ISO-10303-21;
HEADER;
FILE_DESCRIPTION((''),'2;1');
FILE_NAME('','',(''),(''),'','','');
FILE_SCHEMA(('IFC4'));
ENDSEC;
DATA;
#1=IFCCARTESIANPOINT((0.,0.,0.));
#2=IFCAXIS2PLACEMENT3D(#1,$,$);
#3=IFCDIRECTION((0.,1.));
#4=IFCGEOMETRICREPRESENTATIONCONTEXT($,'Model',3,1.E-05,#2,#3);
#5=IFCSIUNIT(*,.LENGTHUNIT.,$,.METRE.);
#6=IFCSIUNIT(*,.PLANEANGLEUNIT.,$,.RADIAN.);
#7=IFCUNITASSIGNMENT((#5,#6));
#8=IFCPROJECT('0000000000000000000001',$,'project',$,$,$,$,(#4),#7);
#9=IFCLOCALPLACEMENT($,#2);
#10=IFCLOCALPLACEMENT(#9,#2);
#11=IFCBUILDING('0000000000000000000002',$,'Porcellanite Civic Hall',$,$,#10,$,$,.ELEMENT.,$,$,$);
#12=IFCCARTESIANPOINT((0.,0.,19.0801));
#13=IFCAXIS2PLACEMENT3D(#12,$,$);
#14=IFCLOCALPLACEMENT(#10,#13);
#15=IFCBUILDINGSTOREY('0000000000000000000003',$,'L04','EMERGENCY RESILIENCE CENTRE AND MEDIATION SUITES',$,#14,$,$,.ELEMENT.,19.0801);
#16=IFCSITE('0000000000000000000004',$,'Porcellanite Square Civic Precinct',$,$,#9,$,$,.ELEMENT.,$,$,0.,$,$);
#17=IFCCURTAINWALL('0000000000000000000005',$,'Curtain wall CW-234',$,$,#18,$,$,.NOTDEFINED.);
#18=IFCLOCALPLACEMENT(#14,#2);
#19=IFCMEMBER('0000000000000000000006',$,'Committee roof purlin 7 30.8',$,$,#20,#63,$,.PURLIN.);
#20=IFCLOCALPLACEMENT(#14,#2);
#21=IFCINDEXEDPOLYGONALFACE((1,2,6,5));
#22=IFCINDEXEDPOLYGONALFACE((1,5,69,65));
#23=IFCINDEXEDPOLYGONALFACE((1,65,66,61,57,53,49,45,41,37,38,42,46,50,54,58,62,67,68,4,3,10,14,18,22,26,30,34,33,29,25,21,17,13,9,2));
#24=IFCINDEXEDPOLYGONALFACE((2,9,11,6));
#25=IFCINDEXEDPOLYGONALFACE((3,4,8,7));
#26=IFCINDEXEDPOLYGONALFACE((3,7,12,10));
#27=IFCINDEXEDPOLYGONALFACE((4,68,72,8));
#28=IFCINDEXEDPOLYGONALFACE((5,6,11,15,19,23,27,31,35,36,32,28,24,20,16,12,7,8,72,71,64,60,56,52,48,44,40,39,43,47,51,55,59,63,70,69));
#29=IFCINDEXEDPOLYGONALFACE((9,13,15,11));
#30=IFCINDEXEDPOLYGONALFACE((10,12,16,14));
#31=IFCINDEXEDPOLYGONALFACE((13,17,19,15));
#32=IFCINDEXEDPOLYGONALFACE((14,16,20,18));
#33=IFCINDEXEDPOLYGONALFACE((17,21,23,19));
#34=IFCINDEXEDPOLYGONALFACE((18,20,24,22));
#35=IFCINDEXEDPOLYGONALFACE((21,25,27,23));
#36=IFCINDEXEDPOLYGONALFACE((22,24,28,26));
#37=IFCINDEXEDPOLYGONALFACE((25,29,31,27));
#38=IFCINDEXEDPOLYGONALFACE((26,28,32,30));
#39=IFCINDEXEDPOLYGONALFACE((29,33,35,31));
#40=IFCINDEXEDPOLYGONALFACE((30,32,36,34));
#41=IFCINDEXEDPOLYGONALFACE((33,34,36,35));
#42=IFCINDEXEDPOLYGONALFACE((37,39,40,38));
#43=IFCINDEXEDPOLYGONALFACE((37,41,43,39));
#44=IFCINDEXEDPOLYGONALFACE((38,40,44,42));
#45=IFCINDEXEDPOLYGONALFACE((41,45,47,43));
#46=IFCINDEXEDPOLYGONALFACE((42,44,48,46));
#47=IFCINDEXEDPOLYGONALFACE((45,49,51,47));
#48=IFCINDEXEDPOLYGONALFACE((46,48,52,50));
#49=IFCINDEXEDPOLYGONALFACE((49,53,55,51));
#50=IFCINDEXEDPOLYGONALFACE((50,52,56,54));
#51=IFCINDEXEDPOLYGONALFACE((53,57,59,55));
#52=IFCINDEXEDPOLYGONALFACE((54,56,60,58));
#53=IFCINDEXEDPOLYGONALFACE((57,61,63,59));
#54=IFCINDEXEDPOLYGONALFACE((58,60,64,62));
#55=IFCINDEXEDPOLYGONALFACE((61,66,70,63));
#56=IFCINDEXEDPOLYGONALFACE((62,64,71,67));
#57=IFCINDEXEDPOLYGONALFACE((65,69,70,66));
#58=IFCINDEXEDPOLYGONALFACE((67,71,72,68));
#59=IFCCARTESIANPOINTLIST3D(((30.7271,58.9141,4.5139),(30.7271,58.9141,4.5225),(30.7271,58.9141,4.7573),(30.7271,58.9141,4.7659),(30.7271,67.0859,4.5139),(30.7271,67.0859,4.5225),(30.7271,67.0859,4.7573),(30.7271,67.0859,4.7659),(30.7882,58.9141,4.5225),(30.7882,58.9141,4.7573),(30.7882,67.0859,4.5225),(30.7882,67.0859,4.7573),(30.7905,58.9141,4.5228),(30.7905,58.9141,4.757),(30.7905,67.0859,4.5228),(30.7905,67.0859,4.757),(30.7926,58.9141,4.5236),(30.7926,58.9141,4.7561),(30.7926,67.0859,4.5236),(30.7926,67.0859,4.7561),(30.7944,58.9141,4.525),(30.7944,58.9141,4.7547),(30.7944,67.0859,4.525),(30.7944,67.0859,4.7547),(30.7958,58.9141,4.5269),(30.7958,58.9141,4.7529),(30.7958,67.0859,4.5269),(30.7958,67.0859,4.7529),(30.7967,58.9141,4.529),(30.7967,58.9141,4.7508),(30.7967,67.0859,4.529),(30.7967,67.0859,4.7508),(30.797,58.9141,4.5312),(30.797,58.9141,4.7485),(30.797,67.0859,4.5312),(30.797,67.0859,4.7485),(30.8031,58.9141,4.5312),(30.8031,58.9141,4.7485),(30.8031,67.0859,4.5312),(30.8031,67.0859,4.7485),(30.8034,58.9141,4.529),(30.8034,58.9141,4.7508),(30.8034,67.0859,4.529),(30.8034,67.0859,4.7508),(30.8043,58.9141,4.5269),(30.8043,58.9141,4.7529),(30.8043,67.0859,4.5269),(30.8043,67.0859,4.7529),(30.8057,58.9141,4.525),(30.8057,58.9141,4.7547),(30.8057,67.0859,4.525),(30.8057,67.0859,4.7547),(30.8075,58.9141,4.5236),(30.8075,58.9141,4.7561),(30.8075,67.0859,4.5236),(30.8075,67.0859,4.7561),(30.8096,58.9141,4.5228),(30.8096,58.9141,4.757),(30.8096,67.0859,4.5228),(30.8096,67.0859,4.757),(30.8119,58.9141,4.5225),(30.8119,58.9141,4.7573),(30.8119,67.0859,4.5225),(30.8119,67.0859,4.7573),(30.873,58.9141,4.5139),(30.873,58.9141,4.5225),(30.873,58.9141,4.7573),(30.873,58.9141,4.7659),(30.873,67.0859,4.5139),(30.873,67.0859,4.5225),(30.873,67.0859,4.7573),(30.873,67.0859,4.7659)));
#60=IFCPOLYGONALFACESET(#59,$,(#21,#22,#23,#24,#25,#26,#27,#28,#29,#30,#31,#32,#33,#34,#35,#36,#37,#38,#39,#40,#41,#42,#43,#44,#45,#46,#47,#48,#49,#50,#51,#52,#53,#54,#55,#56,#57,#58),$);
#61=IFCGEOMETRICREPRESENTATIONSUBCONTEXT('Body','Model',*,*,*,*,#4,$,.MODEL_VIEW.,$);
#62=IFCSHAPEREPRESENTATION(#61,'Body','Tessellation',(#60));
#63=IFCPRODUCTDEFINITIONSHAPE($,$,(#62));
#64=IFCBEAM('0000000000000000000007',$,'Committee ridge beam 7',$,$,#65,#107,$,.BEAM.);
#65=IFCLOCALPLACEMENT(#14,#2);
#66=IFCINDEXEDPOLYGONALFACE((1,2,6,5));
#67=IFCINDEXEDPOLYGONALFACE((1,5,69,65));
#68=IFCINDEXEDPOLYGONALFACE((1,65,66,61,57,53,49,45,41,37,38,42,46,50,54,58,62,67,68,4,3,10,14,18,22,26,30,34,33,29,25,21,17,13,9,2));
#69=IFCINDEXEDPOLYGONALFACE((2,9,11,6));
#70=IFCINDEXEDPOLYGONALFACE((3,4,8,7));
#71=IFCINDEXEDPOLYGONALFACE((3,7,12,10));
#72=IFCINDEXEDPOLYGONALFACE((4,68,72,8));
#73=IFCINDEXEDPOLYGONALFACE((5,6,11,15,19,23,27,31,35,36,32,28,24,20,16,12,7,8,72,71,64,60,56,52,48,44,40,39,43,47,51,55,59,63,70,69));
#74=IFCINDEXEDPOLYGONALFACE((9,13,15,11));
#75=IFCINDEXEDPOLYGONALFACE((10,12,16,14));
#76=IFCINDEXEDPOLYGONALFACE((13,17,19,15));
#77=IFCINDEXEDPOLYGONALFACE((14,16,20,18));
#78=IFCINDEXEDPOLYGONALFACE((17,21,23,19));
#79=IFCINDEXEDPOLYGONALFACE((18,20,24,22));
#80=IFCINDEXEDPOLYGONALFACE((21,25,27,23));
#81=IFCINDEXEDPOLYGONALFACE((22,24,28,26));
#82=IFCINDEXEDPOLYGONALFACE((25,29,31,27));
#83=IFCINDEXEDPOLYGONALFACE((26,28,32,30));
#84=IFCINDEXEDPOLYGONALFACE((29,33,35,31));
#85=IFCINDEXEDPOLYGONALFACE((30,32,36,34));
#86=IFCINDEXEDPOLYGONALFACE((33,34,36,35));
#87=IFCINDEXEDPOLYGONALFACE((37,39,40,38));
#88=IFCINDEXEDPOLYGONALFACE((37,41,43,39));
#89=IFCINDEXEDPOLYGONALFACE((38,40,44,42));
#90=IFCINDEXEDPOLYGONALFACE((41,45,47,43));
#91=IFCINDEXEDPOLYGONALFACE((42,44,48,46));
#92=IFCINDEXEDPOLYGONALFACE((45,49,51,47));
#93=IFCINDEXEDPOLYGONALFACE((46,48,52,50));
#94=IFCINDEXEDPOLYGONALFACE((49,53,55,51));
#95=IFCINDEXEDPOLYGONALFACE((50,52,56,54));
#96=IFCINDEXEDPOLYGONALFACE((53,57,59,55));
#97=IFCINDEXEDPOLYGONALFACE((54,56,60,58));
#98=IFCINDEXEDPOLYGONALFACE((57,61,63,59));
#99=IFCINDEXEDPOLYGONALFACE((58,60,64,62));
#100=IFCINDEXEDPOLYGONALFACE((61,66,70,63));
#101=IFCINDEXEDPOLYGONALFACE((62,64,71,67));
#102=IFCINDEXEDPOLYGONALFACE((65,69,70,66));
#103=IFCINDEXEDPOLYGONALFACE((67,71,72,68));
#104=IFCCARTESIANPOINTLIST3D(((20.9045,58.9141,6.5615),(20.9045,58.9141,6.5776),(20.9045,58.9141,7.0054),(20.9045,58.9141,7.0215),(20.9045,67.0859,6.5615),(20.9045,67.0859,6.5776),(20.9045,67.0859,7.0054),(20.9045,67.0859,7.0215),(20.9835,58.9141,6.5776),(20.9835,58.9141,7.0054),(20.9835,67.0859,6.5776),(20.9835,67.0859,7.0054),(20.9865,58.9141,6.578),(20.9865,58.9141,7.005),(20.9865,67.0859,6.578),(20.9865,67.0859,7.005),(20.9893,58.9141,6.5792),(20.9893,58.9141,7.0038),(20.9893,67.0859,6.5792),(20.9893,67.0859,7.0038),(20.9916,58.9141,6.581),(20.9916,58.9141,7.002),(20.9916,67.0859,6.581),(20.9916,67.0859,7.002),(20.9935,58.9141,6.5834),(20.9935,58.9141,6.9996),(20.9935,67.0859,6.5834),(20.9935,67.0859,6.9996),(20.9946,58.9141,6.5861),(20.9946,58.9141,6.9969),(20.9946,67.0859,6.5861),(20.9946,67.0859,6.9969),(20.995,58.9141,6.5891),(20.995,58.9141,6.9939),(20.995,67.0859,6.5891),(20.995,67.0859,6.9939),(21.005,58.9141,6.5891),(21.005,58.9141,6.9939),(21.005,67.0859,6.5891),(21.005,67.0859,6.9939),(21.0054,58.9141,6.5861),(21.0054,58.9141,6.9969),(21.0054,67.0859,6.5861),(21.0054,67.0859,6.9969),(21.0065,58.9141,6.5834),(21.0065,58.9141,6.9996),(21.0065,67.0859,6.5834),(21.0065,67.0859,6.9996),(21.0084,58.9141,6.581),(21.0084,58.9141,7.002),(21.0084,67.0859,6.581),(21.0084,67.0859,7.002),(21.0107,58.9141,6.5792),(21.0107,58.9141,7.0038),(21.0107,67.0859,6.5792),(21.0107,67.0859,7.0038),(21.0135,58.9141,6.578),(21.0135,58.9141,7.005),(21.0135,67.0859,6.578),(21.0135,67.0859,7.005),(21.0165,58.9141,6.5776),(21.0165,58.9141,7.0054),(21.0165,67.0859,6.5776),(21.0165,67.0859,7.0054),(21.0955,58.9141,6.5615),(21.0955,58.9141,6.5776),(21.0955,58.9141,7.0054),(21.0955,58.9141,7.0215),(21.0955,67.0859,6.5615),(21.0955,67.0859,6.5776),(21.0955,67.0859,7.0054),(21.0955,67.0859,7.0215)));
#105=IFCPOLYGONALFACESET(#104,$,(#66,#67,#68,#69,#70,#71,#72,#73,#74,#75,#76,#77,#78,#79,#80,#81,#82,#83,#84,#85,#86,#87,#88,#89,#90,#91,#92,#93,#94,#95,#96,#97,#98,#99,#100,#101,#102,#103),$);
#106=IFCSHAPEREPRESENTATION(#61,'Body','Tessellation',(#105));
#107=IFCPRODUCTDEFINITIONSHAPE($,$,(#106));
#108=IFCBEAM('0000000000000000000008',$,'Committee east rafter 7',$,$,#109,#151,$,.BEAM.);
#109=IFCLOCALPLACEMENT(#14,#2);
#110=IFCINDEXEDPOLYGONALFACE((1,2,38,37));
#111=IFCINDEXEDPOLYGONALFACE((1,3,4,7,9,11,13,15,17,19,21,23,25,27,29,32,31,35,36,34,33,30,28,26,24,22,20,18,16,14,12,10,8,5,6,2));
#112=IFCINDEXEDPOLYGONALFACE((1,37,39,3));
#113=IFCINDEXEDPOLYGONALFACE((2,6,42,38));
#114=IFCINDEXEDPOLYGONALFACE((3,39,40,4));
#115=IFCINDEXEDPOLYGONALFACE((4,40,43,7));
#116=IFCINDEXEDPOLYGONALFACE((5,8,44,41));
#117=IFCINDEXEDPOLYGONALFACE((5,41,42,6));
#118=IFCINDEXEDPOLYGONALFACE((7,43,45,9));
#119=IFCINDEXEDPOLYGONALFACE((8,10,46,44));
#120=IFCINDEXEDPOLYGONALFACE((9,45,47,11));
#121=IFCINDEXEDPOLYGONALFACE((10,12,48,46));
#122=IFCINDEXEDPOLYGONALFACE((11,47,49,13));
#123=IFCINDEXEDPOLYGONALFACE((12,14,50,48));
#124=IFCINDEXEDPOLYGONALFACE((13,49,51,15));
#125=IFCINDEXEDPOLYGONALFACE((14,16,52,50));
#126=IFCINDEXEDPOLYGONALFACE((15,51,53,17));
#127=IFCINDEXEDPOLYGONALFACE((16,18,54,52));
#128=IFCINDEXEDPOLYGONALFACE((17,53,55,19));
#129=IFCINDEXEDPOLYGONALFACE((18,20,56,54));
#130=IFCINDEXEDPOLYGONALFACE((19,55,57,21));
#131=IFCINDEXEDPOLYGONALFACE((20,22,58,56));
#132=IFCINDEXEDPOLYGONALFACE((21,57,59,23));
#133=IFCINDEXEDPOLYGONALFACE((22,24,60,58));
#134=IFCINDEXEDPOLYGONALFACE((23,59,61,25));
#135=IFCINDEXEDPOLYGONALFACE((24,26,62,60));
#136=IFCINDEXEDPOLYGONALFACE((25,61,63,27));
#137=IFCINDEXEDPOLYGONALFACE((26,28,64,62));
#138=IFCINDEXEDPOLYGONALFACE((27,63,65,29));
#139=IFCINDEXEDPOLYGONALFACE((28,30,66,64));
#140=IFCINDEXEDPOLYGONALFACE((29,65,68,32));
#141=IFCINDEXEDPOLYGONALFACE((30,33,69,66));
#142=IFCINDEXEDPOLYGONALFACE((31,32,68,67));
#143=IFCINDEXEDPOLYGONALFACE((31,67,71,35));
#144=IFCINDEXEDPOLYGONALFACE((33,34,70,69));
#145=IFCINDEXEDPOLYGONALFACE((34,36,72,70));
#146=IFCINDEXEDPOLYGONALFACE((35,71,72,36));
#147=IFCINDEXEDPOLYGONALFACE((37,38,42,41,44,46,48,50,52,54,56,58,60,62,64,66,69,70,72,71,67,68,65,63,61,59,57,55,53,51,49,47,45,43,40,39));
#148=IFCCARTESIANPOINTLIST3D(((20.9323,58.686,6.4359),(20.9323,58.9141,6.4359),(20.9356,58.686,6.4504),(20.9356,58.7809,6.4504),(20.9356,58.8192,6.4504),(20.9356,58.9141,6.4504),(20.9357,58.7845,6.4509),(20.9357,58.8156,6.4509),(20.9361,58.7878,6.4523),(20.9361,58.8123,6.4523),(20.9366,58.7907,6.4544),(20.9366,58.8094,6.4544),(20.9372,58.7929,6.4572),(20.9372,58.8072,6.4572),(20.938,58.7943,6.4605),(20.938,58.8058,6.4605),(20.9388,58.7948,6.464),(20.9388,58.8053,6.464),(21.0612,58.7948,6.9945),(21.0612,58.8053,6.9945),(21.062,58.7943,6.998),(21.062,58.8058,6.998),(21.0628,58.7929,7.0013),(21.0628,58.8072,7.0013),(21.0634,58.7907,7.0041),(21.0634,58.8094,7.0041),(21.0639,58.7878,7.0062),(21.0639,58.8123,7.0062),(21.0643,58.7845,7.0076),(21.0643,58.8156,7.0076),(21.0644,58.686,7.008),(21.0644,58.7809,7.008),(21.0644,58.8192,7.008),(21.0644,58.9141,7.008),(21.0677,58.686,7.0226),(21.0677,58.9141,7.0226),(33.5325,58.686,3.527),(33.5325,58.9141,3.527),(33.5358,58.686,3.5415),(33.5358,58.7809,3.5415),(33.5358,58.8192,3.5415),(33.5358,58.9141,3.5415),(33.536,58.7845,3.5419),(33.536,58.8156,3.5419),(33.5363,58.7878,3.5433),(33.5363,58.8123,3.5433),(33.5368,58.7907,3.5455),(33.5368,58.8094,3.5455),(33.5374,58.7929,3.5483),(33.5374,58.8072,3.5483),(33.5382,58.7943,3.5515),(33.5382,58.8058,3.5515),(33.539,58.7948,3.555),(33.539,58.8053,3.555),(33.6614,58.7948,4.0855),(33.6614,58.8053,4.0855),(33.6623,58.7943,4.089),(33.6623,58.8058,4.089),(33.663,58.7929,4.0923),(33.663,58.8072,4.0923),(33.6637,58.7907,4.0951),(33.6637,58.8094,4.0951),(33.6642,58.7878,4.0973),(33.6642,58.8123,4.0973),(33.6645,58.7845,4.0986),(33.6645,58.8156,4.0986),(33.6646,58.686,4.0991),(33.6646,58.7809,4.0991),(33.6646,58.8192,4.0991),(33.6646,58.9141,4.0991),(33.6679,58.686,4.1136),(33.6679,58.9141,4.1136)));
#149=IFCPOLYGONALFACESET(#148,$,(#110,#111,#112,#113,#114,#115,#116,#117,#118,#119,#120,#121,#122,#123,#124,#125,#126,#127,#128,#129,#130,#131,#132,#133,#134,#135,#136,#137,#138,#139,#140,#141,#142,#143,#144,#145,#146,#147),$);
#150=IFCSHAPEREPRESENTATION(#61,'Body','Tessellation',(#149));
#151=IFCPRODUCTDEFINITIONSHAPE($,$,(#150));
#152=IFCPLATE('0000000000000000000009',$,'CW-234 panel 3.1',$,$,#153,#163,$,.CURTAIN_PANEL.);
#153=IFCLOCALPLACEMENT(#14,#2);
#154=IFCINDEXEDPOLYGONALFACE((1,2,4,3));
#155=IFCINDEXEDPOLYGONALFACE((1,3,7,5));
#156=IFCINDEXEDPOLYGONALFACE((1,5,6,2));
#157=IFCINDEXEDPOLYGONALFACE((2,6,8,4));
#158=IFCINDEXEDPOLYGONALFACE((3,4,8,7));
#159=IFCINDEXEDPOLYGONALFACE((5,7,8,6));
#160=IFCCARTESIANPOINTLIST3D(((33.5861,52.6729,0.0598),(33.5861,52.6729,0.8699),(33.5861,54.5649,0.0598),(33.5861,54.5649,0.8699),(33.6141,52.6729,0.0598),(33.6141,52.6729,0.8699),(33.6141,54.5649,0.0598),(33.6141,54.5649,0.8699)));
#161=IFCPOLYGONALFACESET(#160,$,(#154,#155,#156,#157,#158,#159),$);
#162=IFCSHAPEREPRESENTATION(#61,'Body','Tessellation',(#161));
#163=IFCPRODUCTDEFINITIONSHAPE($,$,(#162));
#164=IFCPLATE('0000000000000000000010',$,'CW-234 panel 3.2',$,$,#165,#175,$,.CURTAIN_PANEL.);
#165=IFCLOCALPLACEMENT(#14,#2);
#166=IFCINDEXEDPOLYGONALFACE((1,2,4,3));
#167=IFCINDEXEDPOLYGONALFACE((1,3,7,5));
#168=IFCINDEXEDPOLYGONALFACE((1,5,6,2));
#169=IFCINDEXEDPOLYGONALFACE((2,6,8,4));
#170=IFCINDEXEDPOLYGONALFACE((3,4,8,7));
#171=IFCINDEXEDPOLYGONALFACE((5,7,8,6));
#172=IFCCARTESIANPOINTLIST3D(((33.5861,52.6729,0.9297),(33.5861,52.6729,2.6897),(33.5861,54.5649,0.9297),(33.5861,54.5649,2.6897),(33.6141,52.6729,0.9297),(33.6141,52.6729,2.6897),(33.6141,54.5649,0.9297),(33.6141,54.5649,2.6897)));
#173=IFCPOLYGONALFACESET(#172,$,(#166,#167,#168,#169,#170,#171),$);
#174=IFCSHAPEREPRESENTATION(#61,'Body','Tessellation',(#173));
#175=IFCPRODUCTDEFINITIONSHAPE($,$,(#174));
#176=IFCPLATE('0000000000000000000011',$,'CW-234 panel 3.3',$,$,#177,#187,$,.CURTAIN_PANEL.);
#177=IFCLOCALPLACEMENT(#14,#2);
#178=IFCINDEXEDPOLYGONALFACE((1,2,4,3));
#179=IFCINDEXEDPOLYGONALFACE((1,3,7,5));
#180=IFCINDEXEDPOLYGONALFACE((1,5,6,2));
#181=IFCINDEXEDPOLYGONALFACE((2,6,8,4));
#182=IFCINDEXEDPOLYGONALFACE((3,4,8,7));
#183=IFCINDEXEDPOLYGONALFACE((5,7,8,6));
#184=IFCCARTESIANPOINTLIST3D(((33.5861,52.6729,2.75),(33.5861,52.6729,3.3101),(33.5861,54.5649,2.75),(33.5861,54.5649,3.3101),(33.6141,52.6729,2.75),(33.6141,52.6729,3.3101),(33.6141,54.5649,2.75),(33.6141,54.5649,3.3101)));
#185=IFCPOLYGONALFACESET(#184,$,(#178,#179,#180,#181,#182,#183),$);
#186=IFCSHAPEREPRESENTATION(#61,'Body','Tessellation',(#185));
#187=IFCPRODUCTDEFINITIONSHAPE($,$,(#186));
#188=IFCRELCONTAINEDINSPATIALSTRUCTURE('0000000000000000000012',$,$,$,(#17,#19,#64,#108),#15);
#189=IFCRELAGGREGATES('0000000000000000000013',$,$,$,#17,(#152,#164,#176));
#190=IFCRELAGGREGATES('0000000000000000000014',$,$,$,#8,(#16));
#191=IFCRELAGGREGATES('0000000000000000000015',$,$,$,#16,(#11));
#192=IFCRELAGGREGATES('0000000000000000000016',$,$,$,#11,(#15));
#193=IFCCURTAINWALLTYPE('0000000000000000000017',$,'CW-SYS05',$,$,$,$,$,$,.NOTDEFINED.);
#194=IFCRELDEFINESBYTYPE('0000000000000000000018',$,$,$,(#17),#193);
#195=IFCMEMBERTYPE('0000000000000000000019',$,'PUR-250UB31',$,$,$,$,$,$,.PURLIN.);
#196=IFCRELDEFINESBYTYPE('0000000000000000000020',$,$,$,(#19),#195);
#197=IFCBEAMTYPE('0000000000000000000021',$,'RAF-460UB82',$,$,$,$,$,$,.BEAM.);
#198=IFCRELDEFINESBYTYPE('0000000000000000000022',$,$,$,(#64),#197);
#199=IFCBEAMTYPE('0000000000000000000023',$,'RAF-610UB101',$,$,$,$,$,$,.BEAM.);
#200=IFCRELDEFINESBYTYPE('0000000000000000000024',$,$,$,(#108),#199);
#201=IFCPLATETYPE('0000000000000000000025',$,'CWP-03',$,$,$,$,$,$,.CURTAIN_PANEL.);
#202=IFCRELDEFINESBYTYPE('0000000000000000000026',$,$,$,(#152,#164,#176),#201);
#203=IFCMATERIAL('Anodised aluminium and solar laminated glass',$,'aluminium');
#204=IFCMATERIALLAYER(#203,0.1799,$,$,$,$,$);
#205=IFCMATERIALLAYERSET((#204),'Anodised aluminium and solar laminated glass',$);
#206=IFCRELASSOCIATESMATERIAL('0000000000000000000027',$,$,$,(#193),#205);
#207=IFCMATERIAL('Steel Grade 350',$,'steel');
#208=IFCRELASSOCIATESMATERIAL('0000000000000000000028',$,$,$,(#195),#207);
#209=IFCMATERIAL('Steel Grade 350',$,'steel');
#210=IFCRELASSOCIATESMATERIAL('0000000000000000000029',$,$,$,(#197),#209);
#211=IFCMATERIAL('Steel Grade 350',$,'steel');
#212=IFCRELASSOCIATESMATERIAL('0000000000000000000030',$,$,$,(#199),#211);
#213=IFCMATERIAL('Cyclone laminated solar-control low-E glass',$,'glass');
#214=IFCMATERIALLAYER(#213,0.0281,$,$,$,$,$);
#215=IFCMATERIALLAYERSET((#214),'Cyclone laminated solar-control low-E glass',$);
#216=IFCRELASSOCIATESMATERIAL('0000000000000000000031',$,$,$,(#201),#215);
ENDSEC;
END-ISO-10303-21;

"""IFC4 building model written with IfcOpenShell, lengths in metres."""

from ifc_helpers import new_model, si_unit, direction, frame, origin, origin_2d, place, context, subcontext, project, spatial, rectangle, i_section, extrude, material, layer, layer_set, material_profile, profile_set, type_object, element, aggregate, save


model = new_model("IFC4")

# Units and contexts
model_context = context("Model", 3, precision=1e-05, world=origin(), true_north=direction((0.0, 1.0)))
body_context = subcontext(model_context, "Body", "Model", "MODEL_VIEW")
ifc_project = project(units=[si_unit("LENGTHUNIT", "METRE"), si_unit("PLANEANGLEUNIT", "RADIAN")], contexts=[model_context])

# Site, building, storey
site_placement = place(None, origin())
site = spatial("IfcSite", under=ifc_project, at=site_placement, Name="Porcellanite Square Civic Precinct", CompositionType="ELEMENT", RefElevation=0.0)
building_placement = place(site_placement, origin())
building = spatial("IfcBuilding", under=site, at=building_placement, Name="Porcellanite Civic Hall", CompositionType="ELEMENT")
storey_placement = place(building_placement, frame((0.0, 0.0, 19.0801)))
storey = spatial("IfcBuildingStorey", under=building, at=storey_placement, Name="L04", Description="EMERGENCY RESILIENCE CENTRE AND MEDIATION SUITES", CompositionType="ELEMENT", Elevation=19.0801)

# Curtain wall
ifc_material_1 = material(Name="Anodised aluminium and solar laminated glass", Category="aluminium")
ifc_layer_1 = layer(ifc_material_1, 0.1799)
ifc_layer_set_1 = layer_set([ifc_layer_1], Name="Anodised aluminium and solar laminated glass")
curtain_wall_type = type_object("IfcCurtainWallType", Name="CW-SYS05", PredefinedType="NOTDEFINED", material=ifc_layer_set_1)
curtain_wall_placement = place(storey_placement, origin())
curtain_wall = element("IfcCurtainWall", 1, at=curtain_wall_placement, inside=storey, type_object=curtain_wall_type, Name="Curtain wall CW-234", PredefinedType="NOTDEFINED")

# Member
ifc_material_2 = material(Name="Steel Grade 350", Category="steel")
ifc_material_profile_1 = material_profile(ifc_material_2, i_section(OverallWidth=0.146, OverallDepth=0.252, WebThickness=0.0061, FlangeThickness=0.0085, FilletRadius=0.0088, at=origin_2d()), Name="250UB31.4")
ifc_profile_set_1 = profile_set([ifc_material_profile_1], Name="Steel Grade 350")
member_type_1 = type_object("IfcMemberType", Name="PUR-250UB31", PredefinedType="PURLIN", material=ifc_profile_set_1)
for number, where, z_axis, x_axis, name in (
    (2, (30.8, 58.9141, 4.6399), (0.0, 1.0, 0.0), (-1.0, 0.0, 0.0), "Committee roof purlin 7 30.8"),
):
    element("IfcMember", number, at=place(storey_placement, frame(where, z_axis=z_axis, x_axis=x_axis)), inside=storey, type_object=member_type_1, Name=name, PredefinedType="PURLIN", context=body_context, shape_type="SweptSolid", body=[
        extrude(i_section(OverallWidth=0.146, OverallDepth=0.252, WebThickness=0.0061, FlangeThickness=0.0085, FilletRadius=0.0088, at=origin_2d()), origin(), (0.0, 0.0, 1.0), 8.1719),
    ])

# Beams
ifc_material_3 = material(Name="Steel Grade 350", Category="steel")
ifc_material_profile_2 = material_profile(ifc_material_3, i_section(OverallWidth=0.1909, OverallDepth=0.46, WebThickness=0.01, FlangeThickness=0.0161, FilletRadius=0.0115, at=origin_2d()), Name="460UB82.1")
ifc_profile_set_2 = profile_set([ifc_material_profile_2], Name="Steel Grade 350")
beam_type_1 = type_object("IfcBeamType", Name="RAF-460UB82", PredefinedType="BEAM", material=ifc_profile_set_2)
beam_1_placement = place(storey_placement, frame((21.0, 58.9141, 6.7915), z_axis=(0.0, 1.0, 0.0), x_axis=(-1.0, 0.0, 0.0)))
element("IfcBeam", 3, at=beam_1_placement, inside=storey, type_object=beam_type_1, Name="Committee ridge beam 7", PredefinedType="BEAM", context=body_context, shape_type="SweptSolid", body=[
    extrude(i_section(OverallWidth=0.1909, OverallDepth=0.46, WebThickness=0.01, FlangeThickness=0.0161, FilletRadius=0.0115, at=origin_2d()), origin(), (0.0, 0.0, 1.0), 8.1719),
])
ifc_material_4 = material(Name="Steel Grade 350", Category="steel")
ifc_material_profile_3 = material_profile(ifc_material_4, i_section(OverallWidth=0.228, OverallDepth=0.6021, WebThickness=0.0105, FlangeThickness=0.0149, FilletRadius=0.0139, at=origin_2d()), Name="610UB101")
ifc_profile_set_3 = profile_set([ifc_material_profile_3], Name="Steel Grade 350")
beam_type_2 = type_object("IfcBeamType", Name="RAF-610UB101", PredefinedType="BEAM", material=ifc_profile_set_3)
beam_2_placement = place(storey_placement, frame((21.0, 58.8, 6.7292), z_axis=(0.974371, 0.0, -0.224949), x_axis=(0.0, 1.0, 0.0)))
element("IfcBeam", 4, at=beam_2_placement, inside=storey, type_object=beam_type_2, Name="Committee east rafter 7", PredefinedType="BEAM", context=body_context, shape_type="SweptSolid", body=[
    extrude(i_section(OverallWidth=0.228, OverallDepth=0.6021, WebThickness=0.0105, FlangeThickness=0.0149, FilletRadius=0.0139, at=origin_2d()), origin(), (0.0, 0.0, 1.0), 12.9316),
])

# Plates
ifc_material_5 = material(Name="Cyclone laminated solar-control low-E glass", Category="glass")
ifc_layer_2 = layer(ifc_material_5, 0.0281)
ifc_layer_set_2 = layer_set([ifc_layer_2], Name="Cyclone laminated solar-control low-E glass")
plate_type_1 = type_object("IfcPlateType", Name="CWP-03", PredefinedType="CURTAIN_PANEL", material=ifc_layer_set_2)
plate_1_placement = place(storey_placement, frame((33.6001, 53.6189, 0.0598), z_axis=(0.0, 0.0, 1.0), x_axis=(0.0, -1.0, 0.0)))
plate_1 = element("IfcPlate", 5, at=plate_1_placement, type_object=plate_type_1, Name="CW-234 panel 3.1", PredefinedType="CURTAIN_PANEL", context=body_context, shape_type="SweptSolid", body=[
    extrude(rectangle(XDim=1.8921, YDim=0.0281, at=origin_2d()), origin(), (0.0, 0.0, 1.0), 0.8101),
])
plate_2_placement = place(storey_placement, frame((33.6001, 53.6189, 0.9297), z_axis=(0.0, 0.0, 1.0), x_axis=(0.0, -1.0, 0.0)))
plate_2 = element("IfcPlate", 6, at=plate_2_placement, type_object=plate_type_1, Name="CW-234 panel 3.2", PredefinedType="CURTAIN_PANEL", context=body_context, shape_type="SweptSolid", body=[
    extrude(rectangle(XDim=1.8921, YDim=0.0281, at=origin_2d()), origin(), (0.0, 0.0, 1.0), 1.76),
])
plate_3_placement = place(storey_placement, frame((33.6001, 53.6189, 2.75), z_axis=(0.0, 0.0, 1.0), x_axis=(0.0, -1.0, 0.0)))
plate_3 = element("IfcPlate", 7, at=plate_3_placement, type_object=plate_type_1, Name="CW-234 panel 3.3", PredefinedType="CURTAIN_PANEL", context=body_context, shape_type="SweptSolid", body=[
    extrude(rectangle(XDim=1.8921, YDim=0.0281, at=origin_2d()), origin(), (0.0, 0.0, 1.0), 0.5601),
])
aggregate(curtain_wall, [plate_1, plate_2, plate_3])

save(model, "model.ifc")
